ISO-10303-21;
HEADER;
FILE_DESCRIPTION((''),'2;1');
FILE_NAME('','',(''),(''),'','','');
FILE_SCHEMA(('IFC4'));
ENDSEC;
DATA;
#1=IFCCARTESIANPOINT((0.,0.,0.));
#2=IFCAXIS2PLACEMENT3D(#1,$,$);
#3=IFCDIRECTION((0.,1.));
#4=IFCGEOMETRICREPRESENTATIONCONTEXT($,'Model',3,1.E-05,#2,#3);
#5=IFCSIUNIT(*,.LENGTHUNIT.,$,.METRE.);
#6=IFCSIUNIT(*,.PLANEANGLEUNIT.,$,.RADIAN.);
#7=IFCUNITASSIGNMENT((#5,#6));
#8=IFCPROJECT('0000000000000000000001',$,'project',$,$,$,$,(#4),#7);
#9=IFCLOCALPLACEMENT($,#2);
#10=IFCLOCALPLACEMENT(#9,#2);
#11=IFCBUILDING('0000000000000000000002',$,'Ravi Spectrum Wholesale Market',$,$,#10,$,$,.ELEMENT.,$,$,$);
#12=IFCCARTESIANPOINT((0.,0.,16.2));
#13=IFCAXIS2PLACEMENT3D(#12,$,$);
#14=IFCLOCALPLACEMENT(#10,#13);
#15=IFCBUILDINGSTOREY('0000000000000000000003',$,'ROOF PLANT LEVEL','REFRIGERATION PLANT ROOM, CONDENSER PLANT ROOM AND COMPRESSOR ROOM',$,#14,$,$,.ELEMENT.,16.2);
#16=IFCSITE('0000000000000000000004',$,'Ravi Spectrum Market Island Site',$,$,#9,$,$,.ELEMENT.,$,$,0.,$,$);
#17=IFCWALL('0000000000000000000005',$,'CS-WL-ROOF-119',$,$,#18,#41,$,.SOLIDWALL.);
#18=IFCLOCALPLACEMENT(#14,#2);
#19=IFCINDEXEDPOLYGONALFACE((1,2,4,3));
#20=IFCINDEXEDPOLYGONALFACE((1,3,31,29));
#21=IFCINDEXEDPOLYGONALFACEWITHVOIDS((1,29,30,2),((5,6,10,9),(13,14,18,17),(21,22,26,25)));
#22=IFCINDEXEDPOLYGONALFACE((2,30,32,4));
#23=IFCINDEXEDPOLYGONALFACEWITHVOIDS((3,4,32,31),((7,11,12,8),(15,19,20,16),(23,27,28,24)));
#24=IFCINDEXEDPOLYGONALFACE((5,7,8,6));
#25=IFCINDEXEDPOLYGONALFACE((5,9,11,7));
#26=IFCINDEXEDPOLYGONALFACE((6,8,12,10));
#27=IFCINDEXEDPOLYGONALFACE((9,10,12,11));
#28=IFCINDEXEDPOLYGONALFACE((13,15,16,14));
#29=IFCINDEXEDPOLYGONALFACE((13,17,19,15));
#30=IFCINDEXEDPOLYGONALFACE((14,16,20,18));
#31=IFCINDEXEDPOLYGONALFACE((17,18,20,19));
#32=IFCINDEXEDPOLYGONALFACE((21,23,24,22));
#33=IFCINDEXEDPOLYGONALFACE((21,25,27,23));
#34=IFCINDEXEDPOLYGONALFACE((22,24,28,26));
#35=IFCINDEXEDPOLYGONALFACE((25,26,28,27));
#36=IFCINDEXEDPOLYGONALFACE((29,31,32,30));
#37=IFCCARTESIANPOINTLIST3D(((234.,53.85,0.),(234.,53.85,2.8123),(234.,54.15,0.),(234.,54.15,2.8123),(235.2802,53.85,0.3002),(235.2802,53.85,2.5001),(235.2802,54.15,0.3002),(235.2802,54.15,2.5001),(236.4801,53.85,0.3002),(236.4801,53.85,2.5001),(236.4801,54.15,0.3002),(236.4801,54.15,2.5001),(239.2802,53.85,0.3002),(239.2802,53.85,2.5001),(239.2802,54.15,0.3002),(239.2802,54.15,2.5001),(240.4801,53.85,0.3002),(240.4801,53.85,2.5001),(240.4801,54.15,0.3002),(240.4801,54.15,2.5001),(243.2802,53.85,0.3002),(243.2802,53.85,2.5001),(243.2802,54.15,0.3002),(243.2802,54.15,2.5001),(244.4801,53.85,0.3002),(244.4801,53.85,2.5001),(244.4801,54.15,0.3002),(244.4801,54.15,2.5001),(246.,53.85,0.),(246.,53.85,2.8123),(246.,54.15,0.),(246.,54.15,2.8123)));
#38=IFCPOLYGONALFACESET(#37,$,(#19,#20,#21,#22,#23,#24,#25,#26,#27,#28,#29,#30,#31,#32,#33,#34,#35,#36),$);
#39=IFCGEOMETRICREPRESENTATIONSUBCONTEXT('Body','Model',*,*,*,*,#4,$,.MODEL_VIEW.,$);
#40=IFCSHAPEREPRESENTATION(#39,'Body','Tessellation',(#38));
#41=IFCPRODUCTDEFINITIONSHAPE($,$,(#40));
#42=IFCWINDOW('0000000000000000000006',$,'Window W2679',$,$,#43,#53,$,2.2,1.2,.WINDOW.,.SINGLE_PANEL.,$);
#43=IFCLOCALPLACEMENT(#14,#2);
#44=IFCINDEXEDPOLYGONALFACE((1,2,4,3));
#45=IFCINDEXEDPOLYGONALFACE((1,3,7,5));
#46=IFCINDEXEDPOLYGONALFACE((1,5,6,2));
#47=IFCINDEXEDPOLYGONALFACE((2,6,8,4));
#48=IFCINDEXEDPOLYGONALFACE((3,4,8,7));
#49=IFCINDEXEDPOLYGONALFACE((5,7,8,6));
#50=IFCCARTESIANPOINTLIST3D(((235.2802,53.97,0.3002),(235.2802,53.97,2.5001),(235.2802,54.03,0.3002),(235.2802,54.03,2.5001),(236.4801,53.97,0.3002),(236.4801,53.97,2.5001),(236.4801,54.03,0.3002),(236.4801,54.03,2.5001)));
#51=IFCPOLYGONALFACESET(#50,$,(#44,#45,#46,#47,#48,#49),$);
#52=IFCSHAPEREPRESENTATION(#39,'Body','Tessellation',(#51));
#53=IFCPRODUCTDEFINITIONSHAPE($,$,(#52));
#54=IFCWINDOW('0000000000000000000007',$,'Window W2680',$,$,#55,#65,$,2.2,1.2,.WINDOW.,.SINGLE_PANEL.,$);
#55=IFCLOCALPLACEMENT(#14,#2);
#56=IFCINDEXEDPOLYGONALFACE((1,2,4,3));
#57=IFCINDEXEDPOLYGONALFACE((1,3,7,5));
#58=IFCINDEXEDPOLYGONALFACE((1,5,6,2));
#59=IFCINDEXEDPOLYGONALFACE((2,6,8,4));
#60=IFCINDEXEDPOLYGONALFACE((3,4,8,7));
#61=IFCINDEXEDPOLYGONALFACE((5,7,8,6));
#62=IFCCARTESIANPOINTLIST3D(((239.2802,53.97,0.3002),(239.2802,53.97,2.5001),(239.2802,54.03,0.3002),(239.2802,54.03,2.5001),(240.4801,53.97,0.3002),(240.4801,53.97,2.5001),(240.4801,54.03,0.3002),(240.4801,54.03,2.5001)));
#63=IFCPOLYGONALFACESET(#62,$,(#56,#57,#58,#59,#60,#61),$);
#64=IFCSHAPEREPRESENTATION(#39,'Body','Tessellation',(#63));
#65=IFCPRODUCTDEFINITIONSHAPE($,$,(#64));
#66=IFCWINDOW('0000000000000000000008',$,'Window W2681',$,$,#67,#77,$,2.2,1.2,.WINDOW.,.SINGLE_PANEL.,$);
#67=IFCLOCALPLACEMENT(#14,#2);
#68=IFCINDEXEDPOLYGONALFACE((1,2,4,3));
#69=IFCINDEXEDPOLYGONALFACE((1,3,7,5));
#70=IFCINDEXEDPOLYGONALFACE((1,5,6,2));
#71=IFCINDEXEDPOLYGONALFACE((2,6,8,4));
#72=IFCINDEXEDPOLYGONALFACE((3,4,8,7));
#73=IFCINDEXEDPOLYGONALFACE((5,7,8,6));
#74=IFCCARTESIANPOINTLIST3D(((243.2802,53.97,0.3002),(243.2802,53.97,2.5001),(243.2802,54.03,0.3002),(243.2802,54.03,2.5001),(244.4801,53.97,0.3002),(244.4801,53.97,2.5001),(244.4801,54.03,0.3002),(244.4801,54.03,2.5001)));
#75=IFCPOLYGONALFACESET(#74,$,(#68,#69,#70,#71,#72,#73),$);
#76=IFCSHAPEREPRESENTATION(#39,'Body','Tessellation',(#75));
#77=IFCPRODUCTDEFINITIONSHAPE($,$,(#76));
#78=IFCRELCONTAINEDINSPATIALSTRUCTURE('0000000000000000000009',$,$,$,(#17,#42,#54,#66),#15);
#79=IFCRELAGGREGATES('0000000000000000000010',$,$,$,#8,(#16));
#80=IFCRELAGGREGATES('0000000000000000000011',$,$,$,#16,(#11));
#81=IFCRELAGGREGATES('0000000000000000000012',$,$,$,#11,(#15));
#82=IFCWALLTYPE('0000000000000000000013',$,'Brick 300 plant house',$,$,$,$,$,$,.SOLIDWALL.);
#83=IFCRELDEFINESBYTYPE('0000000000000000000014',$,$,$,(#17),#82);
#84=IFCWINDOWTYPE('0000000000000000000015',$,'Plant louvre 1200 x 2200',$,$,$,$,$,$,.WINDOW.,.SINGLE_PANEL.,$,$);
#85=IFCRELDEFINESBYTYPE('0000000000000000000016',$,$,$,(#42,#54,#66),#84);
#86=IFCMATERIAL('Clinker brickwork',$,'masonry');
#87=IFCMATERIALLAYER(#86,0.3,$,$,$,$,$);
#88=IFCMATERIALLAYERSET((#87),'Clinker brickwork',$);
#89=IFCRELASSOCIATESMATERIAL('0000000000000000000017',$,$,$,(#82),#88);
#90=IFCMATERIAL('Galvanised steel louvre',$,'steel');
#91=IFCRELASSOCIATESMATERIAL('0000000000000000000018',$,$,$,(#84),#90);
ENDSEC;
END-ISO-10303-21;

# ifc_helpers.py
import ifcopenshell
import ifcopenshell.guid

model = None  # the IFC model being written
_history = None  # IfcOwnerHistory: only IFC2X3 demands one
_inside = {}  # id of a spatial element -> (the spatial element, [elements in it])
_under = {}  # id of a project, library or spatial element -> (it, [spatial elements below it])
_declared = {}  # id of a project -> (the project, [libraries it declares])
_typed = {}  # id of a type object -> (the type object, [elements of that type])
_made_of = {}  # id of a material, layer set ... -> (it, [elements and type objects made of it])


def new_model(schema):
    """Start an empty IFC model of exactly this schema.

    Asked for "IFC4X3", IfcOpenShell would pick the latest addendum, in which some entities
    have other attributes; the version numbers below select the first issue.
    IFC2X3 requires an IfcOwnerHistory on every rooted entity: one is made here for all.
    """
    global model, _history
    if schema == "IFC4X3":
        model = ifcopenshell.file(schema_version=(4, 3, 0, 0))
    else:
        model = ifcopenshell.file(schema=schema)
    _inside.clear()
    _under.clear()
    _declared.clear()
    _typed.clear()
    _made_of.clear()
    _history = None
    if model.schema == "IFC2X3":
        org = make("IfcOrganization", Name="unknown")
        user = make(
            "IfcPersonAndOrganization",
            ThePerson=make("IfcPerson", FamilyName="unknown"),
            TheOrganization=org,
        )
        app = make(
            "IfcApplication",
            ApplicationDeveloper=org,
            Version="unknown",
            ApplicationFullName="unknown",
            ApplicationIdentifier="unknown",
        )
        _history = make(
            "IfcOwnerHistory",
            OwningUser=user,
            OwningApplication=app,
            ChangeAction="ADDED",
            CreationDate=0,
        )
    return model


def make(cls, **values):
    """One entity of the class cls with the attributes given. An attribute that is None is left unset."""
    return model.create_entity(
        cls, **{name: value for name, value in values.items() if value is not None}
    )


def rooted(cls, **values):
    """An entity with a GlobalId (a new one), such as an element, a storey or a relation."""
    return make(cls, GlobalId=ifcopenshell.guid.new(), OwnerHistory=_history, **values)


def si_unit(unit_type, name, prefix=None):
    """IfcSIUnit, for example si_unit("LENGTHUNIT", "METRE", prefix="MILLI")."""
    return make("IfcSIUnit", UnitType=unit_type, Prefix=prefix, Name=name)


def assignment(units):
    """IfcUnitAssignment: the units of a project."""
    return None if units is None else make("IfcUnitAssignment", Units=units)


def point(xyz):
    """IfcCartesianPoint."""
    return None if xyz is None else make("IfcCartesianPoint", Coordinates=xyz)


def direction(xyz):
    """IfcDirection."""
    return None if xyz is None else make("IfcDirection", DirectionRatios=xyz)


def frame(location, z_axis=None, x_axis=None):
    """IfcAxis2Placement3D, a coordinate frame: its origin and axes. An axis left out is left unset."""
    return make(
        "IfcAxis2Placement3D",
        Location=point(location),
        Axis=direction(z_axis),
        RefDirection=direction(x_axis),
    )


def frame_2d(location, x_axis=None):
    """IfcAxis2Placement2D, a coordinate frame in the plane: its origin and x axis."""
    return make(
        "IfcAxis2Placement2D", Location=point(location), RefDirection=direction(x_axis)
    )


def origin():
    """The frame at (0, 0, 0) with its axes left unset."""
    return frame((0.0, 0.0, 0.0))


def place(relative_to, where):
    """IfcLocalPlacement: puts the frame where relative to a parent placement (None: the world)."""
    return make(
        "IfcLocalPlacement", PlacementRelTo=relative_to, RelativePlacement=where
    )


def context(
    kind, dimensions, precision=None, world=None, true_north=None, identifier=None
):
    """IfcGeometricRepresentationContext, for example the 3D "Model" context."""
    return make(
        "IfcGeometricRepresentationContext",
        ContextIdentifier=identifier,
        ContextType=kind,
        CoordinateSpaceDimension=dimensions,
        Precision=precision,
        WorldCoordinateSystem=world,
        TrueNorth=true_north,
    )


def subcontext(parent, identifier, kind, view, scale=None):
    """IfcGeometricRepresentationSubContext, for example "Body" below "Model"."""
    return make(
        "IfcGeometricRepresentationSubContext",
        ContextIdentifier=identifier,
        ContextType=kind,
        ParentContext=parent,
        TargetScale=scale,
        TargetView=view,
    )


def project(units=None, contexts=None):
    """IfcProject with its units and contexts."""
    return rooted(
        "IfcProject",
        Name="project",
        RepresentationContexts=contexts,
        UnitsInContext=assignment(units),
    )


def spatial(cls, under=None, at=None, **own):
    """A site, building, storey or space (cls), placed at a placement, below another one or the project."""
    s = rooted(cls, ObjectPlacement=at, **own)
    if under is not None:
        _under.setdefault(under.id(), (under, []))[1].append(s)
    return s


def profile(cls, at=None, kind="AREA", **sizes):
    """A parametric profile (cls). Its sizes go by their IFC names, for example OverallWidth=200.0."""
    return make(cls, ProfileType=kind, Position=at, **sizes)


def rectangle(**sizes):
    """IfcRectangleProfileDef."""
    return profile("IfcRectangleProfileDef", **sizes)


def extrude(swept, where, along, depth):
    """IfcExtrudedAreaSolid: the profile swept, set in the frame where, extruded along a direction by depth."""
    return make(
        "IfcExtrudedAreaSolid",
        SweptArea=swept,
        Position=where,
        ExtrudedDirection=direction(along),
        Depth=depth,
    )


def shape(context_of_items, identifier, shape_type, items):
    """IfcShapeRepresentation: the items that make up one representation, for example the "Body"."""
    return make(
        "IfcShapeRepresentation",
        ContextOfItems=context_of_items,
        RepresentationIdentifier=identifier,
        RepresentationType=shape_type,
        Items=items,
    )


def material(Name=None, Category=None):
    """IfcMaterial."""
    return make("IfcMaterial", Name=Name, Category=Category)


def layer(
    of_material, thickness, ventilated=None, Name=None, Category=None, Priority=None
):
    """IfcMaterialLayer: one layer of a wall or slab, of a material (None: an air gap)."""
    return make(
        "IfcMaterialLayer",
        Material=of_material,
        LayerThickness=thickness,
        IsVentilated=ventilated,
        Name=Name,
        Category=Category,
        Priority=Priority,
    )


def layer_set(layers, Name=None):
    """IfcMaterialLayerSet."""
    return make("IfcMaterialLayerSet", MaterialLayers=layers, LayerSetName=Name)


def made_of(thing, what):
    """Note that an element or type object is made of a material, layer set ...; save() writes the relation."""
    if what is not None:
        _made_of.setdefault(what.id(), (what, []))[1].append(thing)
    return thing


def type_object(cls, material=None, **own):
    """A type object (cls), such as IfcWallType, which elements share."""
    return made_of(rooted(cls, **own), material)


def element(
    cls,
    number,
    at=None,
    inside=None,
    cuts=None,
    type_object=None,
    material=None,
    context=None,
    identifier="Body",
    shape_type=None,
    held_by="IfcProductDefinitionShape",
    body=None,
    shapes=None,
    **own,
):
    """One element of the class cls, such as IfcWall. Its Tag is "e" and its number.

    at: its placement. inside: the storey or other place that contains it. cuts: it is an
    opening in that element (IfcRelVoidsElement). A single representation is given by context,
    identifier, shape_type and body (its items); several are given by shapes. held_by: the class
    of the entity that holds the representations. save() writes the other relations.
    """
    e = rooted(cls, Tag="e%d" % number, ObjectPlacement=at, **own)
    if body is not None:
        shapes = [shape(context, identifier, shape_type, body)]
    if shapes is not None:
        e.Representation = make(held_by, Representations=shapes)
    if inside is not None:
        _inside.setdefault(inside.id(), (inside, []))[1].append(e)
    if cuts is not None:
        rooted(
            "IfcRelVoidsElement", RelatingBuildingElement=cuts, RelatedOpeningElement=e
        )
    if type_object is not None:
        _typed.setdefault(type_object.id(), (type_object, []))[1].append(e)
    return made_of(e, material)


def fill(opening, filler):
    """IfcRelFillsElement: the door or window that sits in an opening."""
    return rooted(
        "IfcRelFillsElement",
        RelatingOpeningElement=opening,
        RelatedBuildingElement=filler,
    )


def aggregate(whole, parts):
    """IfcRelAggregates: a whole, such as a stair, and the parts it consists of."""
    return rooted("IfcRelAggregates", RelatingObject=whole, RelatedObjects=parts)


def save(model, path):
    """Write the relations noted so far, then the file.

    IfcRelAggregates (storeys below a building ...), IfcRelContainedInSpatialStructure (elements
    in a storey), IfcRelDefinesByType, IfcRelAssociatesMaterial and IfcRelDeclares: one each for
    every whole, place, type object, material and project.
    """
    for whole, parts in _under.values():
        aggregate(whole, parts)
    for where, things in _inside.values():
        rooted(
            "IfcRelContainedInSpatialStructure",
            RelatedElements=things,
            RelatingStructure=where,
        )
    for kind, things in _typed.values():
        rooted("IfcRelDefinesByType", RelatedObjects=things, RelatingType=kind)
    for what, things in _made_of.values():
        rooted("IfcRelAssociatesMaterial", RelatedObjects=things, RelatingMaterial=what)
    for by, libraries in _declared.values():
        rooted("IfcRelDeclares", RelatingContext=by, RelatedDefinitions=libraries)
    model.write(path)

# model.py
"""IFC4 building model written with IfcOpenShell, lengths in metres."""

from ifc_helpers import new_model, si_unit, direction, frame, frame_2d, origin, place, context, subcontext, project, spatial, rectangle, extrude, material, layer, layer_set, type_object, element, fill, save


model = new_model("IFC4")

# Units and contexts
model_context = context("Model", 3, precision=1e-05, world=origin(), true_north=direction((0.0, 1.0)))
body_context = subcontext(model_context, "Body", "Model", "MODEL_VIEW")
ifc_project = project(units=[si_unit("LENGTHUNIT", "METRE"), si_unit("PLANEANGLEUNIT", "RADIAN")], contexts=[model_context])

# Site, building, storey
site_placement = place(None, origin())
site = spatial("IfcSite", under=ifc_project, at=site_placement, Name="Ravi Spectrum Market Island Site", CompositionType="ELEMENT", RefElevation=0.0)
building_placement = place(site_placement, origin())
building = spatial("IfcBuilding", under=site, at=building_placement, Name="Ravi Spectrum Wholesale Market", CompositionType="ELEMENT")
storey_placement = place(building_placement, frame((0.0, 0.0, 16.2)))
storey = spatial("IfcBuildingStorey", under=building, at=storey_placement, Name="ROOF PLANT LEVEL", Description="REFRIGERATION PLANT ROOM, CONDENSER PLANT ROOM AND COMPRESSOR ROOM", CompositionType="ELEMENT", Elevation=16.2)

# Wall, openings, windows
ifc_material_1 = material(Name="Clinker brickwork", Category="masonry")
ifc_layer_1 = layer(ifc_material_1, 0.3)
ifc_layer_set_1 = layer_set([ifc_layer_1], Name="Clinker brickwork")
wall_type = type_object("IfcWallType", Name="Brick 300 plant house", PredefinedType="SOLIDWALL", material=ifc_layer_set_1)
wall_placement = place(storey_placement, frame((234.0, 54.0, 0.0), z_axis=(0.0, 0.0, 1.0), x_axis=(1.0, 0.0, 0.0)))
wall = element("IfcWall", 1, at=wall_placement, inside=storey, type_object=wall_type, Name="CS-WL-ROOF-119", PredefinedType="SOLIDWALL", context=body_context, shape_type="SweptSolid", body=[
    extrude(rectangle(XDim=12.0, YDim=0.3, at=frame_2d((6.0, 0.0))), origin(), (0.0, 0.0, 1.0), 2.8123),
])
opening_1_placement = place(wall_placement, frame((1.28, 0.0, 0.3)))
opening_1 = element("IfcOpeningElement", 2, at=opening_1_placement, cuts=wall, PredefinedType="OPENING", context=body_context, shape_type="SweptSolid", body=[
    extrude(rectangle(XDim=1.2, YDim=2.2, at=frame_2d((0.6001, 1.1001))), frame((0.0, 0.1599, 0.0), z_axis=(0.0, -1.0, 0.0), x_axis=(1.0, 0.0, 0.0)), (0.0, 0.0, 1.0), 0.3201),
])
opening_2_placement = place(wall_placement, frame((5.28, 0.0, 0.3)))
opening_2 = element("IfcOpeningElement", 3, at=opening_2_placement, cuts=wall, PredefinedType="OPENING", context=body_context, shape_type="SweptSolid", body=[
    extrude(rectangle(XDim=1.2, YDim=2.2, at=frame_2d((0.6001, 1.1001))), frame((0.0, 0.1599, 0.0), z_axis=(0.0, -1.0, 0.0), x_axis=(1.0, 0.0, 0.0)), (0.0, 0.0, 1.0), 0.3201),
])
opening_3_placement = place(wall_placement, frame((9.28, 0.0, 0.3)))
opening_3 = element("IfcOpeningElement", 4, at=opening_3_placement, cuts=wall, PredefinedType="OPENING", context=body_context, shape_type="SweptSolid", body=[
    extrude(rectangle(XDim=1.2, YDim=2.2, at=frame_2d((0.6001, 1.1001))), frame((0.0, 0.1599, 0.0), z_axis=(0.0, -1.0, 0.0), x_axis=(1.0, 0.0, 0.0)), (0.0, 0.0, 1.0), 0.3201),
])
ifc_material_2 = material(Name="Galvanised steel louvre", Category="steel")
window_type = type_object("IfcWindowType", Name="Plant louvre 1200 x 2200", PartitioningType="SINGLE_PANEL", PredefinedType="WINDOW", material=ifc_material_2)
window_1_placement = place(opening_1_placement, origin())
window_1 = element("IfcWindow", 5, at=window_1_placement, inside=storey, type_object=window_type, Name="Window W2679", OverallHeight=2.2, OverallWidth=1.2, PartitioningType="SINGLE_PANEL", PredefinedType="WINDOW", context=body_context, shape_type="SweptSolid", body=[
    extrude(rectangle(XDim=1.2, YDim=2.2, at=frame_2d((0.6001, 1.1001))), frame((0.0, 0.03, 0.0), z_axis=(0.0, -1.0, 0.0), x_axis=(1.0, 0.0, 0.0)), (0.0, 0.0, 1.0), 0.0601),
])
fill(opening_1, window_1)
window_2_placement = place(opening_2_placement, origin())
window_2 = element("IfcWindow", 6, at=window_2_placement, inside=storey, type_object=window_type, Name="Window W2680", OverallHeight=2.2, OverallWidth=1.2, PartitioningType="SINGLE_PANEL", PredefinedType="WINDOW", context=body_context, shape_type="SweptSolid", body=[
    extrude(rectangle(XDim=1.2, YDim=2.2, at=frame_2d((0.6001, 1.1001))), frame((0.0, 0.03, 0.0), z_axis=(0.0, -1.0, 0.0), x_axis=(1.0, 0.0, 0.0)), (0.0, 0.0, 1.0), 0.0601),
])
fill(opening_2, window_2)
window_3_placement = place(opening_3_placement, origin())
window_3 = element("IfcWindow", 7, at=window_3_placement, inside=storey, type_object=window_type, Name="Window W2681", OverallHeight=2.2, OverallWidth=1.2, PartitioningType="SINGLE_PANEL", PredefinedType="WINDOW", context=body_context, shape_type="SweptSolid", body=[
    extrude(rectangle(XDim=1.2, YDim=2.2, at=frame_2d((0.6001, 1.1001))), frame((0.0, 0.03, 0.0), z_axis=(0.0, -1.0, 0.0), x_axis=(1.0, 0.0, 0.0)), (0.0, 0.0, 1.0), 0.0601),
])
fill(opening_3, window_3)

save(model, "model.ifc")
